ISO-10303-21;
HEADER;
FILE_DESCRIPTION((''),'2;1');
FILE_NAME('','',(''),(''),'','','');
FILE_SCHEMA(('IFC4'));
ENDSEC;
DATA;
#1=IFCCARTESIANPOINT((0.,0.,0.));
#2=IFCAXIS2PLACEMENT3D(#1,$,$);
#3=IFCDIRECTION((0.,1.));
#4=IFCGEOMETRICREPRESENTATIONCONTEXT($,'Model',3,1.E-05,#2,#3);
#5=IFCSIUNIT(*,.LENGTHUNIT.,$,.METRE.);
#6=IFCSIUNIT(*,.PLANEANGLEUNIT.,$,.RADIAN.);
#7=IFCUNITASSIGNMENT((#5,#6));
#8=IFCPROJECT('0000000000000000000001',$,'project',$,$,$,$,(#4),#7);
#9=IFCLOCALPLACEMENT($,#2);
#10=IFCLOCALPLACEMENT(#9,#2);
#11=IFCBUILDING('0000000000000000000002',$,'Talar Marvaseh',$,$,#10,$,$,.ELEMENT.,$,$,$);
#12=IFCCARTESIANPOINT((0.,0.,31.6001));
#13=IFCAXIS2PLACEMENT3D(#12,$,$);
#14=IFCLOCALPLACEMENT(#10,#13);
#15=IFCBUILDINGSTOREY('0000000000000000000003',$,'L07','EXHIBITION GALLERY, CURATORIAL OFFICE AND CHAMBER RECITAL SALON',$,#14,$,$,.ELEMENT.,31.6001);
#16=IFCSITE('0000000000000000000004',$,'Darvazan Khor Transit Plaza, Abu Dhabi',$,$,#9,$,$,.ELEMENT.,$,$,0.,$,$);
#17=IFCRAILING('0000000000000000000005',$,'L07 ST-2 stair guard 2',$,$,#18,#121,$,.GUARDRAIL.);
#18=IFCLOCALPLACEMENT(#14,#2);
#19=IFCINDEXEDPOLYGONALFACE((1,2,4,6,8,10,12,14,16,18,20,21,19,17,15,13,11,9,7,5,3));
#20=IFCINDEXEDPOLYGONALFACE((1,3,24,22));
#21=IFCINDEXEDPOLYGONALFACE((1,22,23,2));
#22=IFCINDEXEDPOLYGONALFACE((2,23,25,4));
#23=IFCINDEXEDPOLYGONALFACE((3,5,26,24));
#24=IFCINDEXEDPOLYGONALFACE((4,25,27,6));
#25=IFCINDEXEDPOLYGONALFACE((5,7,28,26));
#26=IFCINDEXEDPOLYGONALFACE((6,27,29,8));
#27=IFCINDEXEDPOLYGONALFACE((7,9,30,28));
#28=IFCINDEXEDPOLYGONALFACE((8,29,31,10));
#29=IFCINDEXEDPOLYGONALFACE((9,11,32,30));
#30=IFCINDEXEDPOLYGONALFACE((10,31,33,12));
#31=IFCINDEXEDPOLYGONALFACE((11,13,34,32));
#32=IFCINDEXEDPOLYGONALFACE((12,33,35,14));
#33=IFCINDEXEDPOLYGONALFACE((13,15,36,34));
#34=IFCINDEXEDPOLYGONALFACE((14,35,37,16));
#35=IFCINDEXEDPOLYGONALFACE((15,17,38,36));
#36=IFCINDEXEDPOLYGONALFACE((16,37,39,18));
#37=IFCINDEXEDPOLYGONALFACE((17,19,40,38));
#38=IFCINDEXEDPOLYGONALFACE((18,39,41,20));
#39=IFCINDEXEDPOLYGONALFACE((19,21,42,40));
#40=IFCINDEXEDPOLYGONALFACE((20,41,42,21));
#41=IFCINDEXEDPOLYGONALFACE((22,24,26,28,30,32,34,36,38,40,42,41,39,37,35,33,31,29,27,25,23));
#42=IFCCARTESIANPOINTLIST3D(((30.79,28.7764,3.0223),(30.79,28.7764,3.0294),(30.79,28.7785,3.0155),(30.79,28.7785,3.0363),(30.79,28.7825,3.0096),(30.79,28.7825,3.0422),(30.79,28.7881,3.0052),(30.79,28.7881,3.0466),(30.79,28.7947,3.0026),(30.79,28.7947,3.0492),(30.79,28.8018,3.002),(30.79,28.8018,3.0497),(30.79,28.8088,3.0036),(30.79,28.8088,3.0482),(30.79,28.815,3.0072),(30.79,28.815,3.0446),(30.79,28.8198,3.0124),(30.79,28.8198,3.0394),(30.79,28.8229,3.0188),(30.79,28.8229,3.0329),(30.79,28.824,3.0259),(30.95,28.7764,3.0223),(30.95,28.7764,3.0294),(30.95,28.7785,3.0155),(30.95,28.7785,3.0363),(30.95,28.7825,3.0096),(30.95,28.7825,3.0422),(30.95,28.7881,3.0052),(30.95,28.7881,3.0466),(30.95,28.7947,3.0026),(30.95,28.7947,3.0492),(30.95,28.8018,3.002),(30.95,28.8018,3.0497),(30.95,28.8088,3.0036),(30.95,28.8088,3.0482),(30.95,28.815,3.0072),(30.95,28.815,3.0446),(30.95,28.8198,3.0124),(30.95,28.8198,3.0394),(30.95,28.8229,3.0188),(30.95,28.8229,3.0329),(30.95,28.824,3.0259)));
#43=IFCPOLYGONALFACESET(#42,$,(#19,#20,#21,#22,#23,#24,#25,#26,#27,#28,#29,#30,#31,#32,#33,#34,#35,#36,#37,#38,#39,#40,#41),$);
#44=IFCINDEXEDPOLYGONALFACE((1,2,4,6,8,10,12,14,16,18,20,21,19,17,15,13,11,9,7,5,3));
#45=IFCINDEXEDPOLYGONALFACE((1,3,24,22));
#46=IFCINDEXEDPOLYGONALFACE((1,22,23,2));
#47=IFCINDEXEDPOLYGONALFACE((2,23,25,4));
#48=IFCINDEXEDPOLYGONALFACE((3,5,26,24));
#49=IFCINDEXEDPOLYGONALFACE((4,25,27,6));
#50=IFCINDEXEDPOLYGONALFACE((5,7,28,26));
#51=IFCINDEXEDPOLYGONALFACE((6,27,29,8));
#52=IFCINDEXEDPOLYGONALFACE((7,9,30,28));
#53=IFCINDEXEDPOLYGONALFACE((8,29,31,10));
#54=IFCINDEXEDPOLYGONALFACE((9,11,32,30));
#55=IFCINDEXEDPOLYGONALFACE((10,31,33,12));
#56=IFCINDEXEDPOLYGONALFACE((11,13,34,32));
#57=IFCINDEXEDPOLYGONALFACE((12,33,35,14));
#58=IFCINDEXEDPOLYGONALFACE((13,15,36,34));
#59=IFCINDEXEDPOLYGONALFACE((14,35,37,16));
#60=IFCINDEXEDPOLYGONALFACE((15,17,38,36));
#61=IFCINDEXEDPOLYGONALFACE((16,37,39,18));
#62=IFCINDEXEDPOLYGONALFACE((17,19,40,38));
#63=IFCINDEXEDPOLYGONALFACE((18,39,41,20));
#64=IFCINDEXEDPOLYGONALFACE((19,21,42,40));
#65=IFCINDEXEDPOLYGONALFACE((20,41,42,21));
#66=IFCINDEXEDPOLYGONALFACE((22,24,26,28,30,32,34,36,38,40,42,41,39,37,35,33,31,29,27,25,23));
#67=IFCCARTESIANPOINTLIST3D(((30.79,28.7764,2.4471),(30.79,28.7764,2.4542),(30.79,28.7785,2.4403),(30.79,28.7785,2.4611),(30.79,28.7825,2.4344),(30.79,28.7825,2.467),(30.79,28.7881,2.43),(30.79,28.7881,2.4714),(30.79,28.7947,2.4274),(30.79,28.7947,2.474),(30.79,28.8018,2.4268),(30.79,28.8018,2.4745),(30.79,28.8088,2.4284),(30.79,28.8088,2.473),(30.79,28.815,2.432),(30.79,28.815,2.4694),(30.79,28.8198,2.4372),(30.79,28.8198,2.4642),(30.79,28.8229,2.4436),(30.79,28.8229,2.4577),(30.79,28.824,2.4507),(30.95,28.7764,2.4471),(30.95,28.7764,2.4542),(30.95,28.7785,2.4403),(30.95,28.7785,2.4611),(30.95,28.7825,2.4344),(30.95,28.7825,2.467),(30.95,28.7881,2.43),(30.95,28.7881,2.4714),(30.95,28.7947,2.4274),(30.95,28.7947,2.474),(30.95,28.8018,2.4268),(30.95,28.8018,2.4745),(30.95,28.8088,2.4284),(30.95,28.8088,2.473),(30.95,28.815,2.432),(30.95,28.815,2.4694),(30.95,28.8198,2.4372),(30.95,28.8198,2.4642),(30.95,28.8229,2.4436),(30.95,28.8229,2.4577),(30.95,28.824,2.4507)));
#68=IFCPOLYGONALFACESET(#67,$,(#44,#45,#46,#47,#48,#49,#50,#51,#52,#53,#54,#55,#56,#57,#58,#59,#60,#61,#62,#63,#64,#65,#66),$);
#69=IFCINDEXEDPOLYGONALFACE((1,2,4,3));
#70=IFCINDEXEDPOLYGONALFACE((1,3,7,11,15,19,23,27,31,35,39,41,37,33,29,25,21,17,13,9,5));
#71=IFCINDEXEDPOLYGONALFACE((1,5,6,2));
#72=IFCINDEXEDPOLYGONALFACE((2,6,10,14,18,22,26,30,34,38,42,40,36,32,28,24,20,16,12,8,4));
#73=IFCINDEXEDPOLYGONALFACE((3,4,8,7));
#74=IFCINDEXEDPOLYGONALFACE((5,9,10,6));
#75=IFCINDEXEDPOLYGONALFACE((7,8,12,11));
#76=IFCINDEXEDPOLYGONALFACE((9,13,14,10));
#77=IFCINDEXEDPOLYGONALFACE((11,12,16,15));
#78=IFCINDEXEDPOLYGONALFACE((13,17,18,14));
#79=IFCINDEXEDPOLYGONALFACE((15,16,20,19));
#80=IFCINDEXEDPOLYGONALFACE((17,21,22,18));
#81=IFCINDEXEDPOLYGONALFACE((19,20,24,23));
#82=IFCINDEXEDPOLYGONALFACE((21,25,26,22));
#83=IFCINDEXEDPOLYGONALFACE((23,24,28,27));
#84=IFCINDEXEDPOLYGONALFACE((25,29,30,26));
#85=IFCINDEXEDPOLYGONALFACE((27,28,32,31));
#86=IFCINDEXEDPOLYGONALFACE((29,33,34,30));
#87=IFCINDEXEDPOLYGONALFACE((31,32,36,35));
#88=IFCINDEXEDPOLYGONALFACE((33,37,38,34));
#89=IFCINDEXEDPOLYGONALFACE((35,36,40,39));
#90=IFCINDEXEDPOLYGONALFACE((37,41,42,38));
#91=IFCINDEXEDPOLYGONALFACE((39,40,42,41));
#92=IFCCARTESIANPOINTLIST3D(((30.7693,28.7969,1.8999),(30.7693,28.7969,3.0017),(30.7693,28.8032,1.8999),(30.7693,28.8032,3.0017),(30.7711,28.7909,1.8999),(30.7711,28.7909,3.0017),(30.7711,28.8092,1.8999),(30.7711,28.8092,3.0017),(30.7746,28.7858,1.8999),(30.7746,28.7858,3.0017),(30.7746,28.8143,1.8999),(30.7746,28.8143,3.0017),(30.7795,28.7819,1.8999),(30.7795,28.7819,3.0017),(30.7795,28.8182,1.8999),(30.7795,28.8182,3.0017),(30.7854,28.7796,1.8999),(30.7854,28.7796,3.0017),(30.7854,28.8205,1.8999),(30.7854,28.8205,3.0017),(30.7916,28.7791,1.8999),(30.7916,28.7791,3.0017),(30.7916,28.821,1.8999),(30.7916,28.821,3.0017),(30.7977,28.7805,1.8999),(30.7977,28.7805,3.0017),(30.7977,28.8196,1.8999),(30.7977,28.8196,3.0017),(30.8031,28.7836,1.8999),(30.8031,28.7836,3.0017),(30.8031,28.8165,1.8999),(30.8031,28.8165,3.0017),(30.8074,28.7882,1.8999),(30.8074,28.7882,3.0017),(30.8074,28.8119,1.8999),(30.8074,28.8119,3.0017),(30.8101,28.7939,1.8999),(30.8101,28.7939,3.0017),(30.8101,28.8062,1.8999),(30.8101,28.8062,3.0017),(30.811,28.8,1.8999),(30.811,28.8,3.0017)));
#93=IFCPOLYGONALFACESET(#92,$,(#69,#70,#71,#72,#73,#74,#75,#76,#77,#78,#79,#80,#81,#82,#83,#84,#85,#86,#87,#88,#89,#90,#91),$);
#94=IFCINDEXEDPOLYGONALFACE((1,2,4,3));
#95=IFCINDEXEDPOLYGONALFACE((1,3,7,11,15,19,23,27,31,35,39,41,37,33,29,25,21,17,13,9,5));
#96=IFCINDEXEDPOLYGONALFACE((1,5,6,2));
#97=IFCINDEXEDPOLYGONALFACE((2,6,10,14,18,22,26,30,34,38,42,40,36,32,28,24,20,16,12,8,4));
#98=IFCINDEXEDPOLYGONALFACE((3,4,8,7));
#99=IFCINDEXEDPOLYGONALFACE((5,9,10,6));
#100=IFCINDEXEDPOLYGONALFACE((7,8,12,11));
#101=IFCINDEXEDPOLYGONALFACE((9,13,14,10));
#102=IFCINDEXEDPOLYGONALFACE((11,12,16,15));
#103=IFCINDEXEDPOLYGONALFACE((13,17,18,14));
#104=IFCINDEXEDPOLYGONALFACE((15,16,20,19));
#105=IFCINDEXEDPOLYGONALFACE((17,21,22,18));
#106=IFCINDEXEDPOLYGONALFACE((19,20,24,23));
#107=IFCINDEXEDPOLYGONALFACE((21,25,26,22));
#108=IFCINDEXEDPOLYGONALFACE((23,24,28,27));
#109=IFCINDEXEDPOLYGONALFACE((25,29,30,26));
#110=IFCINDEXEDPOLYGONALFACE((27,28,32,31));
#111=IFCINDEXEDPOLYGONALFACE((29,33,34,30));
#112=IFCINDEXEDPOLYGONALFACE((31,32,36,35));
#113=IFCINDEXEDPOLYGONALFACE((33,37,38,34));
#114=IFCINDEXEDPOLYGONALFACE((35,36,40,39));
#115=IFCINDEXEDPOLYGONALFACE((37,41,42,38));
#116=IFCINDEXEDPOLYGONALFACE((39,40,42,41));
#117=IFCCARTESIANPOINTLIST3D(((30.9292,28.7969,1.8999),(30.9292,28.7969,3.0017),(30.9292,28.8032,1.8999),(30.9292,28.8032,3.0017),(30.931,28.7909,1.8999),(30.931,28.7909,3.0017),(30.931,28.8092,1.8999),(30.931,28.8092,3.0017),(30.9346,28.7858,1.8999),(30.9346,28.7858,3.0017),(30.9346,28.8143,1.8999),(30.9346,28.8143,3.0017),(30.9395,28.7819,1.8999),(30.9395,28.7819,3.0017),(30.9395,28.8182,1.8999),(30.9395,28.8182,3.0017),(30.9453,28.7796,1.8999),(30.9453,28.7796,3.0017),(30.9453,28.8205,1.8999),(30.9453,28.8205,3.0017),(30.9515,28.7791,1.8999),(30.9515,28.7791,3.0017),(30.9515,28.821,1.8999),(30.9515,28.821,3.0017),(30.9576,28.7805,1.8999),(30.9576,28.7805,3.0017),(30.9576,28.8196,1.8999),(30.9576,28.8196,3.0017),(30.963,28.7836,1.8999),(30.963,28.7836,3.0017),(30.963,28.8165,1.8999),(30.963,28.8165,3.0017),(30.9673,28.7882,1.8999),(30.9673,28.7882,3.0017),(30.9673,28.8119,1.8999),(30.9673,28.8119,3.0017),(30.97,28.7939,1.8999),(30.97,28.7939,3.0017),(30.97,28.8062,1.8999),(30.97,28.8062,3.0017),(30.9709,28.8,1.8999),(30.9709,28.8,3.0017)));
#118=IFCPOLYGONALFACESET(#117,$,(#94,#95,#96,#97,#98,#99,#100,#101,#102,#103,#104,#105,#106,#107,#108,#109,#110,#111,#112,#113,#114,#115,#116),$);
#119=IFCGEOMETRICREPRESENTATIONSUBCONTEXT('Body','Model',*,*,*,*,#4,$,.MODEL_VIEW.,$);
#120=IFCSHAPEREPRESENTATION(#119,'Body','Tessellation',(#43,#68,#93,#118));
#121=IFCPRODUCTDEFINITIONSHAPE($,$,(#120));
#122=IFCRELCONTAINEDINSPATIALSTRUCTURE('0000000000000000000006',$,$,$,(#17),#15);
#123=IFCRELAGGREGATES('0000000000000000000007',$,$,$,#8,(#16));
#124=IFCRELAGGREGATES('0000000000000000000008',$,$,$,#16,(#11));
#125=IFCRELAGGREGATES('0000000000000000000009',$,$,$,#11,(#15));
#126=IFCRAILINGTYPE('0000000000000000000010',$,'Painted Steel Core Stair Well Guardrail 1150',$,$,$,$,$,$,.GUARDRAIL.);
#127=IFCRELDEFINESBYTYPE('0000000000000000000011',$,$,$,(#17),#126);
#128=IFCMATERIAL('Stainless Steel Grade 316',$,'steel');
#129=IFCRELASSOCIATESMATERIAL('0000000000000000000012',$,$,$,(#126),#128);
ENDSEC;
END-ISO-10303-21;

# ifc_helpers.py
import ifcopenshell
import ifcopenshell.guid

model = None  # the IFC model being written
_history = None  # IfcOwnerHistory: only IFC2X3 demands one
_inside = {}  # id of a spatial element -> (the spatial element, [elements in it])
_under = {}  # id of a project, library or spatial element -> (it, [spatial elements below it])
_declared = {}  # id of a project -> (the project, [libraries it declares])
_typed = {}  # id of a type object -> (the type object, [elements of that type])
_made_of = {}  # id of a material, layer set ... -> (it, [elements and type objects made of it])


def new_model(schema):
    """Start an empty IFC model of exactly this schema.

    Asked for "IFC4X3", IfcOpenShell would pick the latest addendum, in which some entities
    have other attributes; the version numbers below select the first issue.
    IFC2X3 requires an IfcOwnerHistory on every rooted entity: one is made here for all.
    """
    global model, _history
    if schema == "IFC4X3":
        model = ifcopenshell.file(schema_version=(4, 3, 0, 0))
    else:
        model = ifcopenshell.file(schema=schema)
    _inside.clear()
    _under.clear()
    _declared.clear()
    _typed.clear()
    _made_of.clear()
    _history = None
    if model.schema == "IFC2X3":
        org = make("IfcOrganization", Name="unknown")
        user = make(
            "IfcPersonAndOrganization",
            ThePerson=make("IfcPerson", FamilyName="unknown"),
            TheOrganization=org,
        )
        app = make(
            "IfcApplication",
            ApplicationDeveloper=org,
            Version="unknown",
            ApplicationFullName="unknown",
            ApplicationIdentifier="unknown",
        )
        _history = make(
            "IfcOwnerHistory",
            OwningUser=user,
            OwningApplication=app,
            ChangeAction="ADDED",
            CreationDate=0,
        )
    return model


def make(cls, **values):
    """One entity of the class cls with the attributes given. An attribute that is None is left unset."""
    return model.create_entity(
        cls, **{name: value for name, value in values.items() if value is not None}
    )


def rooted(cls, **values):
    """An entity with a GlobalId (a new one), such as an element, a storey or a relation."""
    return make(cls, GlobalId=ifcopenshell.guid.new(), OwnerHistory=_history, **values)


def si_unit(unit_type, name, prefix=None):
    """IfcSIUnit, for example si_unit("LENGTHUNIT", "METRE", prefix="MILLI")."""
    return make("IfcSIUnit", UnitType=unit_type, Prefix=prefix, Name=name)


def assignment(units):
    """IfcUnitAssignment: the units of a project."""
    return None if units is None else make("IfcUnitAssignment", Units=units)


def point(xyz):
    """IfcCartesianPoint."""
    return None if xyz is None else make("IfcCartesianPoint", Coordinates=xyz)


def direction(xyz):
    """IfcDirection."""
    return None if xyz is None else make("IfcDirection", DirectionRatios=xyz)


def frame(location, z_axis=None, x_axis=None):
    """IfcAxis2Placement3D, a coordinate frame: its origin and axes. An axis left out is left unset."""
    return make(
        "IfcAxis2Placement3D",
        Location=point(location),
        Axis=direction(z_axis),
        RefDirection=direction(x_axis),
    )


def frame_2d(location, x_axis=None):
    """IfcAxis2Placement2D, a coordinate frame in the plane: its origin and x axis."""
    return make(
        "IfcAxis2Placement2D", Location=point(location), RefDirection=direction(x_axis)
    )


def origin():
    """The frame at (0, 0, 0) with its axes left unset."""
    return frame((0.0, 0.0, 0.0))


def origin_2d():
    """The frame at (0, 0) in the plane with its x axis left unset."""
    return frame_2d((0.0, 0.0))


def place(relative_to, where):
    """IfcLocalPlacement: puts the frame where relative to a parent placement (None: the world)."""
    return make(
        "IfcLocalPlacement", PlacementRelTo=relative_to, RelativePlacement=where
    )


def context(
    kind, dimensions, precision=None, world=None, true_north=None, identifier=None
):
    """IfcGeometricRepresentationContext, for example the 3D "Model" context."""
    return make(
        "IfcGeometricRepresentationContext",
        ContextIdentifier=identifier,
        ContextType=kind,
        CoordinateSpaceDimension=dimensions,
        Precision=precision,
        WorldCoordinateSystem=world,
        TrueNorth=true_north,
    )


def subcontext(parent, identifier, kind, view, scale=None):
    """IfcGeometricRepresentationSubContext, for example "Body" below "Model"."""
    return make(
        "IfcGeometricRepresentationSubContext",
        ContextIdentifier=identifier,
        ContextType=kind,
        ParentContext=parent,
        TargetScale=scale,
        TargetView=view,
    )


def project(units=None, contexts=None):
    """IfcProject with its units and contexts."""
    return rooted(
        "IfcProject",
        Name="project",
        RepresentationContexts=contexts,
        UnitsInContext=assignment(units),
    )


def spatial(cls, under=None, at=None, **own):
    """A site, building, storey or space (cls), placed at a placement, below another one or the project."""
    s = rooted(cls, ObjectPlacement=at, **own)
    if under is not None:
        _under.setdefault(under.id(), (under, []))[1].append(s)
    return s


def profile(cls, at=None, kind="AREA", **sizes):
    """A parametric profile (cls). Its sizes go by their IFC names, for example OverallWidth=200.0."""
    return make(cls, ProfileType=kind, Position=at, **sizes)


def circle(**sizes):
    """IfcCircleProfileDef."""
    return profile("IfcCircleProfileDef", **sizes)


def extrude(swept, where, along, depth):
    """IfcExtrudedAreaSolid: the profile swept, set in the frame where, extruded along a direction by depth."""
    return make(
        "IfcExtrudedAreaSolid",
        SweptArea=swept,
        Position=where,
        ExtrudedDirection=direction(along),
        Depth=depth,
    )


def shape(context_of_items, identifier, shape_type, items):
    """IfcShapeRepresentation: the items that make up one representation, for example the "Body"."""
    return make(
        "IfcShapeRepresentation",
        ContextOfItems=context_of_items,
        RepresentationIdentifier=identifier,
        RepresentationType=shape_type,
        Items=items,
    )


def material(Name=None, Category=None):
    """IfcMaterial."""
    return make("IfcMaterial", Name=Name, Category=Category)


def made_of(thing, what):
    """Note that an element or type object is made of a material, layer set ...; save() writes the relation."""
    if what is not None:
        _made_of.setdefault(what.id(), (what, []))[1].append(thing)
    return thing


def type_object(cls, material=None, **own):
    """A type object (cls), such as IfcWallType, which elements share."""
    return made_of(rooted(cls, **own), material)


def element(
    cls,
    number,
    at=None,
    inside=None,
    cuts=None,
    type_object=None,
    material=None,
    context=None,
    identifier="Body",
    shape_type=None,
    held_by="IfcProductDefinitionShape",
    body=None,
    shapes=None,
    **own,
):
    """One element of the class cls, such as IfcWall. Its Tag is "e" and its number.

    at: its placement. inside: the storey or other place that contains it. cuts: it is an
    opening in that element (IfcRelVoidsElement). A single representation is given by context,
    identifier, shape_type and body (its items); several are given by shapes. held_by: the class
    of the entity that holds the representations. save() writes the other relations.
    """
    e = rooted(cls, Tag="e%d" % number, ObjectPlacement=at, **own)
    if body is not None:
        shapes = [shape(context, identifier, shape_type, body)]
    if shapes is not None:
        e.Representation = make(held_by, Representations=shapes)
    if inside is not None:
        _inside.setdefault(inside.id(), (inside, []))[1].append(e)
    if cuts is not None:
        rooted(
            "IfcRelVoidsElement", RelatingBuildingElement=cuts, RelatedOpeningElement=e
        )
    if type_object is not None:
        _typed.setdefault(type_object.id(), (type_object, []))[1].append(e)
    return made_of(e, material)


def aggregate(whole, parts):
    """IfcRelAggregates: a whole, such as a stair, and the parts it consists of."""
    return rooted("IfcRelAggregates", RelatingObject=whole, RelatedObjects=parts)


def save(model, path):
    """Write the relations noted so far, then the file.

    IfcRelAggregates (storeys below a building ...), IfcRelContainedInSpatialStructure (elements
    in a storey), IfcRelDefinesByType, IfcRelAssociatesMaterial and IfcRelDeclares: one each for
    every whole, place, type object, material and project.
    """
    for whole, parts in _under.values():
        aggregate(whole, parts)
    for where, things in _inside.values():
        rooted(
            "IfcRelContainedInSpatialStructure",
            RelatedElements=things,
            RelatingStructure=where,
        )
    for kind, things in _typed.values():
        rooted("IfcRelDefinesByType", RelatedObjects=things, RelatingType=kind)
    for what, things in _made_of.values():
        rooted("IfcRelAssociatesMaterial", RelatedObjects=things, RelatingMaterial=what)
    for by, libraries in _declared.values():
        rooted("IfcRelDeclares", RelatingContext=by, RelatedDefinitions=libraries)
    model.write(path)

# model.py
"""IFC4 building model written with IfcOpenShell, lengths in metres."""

from ifc_helpers import new_model, si_unit, direction, frame, origin, origin_2d, place, context, subcontext, project, spatial, circle, extrude, material, type_object, element, save


model = new_model("IFC4")

# Units and contexts
model_context = context("Model", 3, precision=1e-05, world=origin(), true_north=direction((0.0, 1.0)))
body_context = subcontext(model_context, "Body", "Model", "MODEL_VIEW")
ifc_project = project(units=[si_unit("LENGTHUNIT", "METRE"), si_unit("PLANEANGLEUNIT", "RADIAN")], contexts=[model_context])

# Site, building, storey
site_placement = place(None, origin())
site = spatial("IfcSite", under=ifc_project, at=site_placement, Name="Darvazan Khor Transit Plaza, Abu Dhabi", CompositionType="ELEMENT", RefElevation=0.0)
building_placement = place(site_placement, origin())
building = spatial("IfcBuilding", under=site, at=building_placement, Name="Talar Marvaseh", CompositionType="ELEMENT")
storey_placement = place(building_placement, frame((0.0, 0.0, 31.6001)))
storey = spatial("IfcBuildingStorey", under=building, at=storey_placement, Name="L07", Description="EXHIBITION GALLERY, CURATORIAL OFFICE AND CHAMBER RECITAL SALON", CompositionType="ELEMENT", Elevation=31.6001)

# Railing
ifc_material_1 = material(Name="Stainless Steel Grade 316", Category="steel")
railing_type_1 = type_object("IfcRailingType", Name="Painted Steel Core Stair Well Guardrail 1150", PredefinedType="GUARDRAIL", material=ifc_material_1)
railing_1_placement = place(storey_placement, frame((30.79, 28.8, 1.8999)))
element("IfcRailing", 1, at=railing_1_placement, inside=storey, type_object=railing_type_1, Name="L07 ST-2 stair guard 2", PredefinedType="GUARDRAIL", context=body_context, shape_type="SweptSolid", body=[
    extrude(circle(Radius=0.0239, at=origin_2d()), frame((0.0, 0.0, 1.126), z_axis=(1.0, 0.0, 0.0), x_axis=(0.0, 1.0, 0.0)), (0.0, 0.0, 1.0), 0.1599),
    extrude(circle(Radius=0.0239, at=origin_2d()), frame((0.0, 0.0, 0.5508), z_axis=(1.0, 0.0, 0.0), x_axis=(0.0, 1.0, 0.0)), (0.0, 0.0, 1.0), 0.1599),
    extrude(circle(Radius=0.021, at=origin_2d()), origin(), (0.0, 0.0, 1.0), 1.1018),
    extrude(circle(Radius=0.021, at=origin_2d()), frame((0.1599, 0.0, 0.0)), (0.0, 0.0, 1.0), 1.1018),
])

save(model, "model.ifc")
